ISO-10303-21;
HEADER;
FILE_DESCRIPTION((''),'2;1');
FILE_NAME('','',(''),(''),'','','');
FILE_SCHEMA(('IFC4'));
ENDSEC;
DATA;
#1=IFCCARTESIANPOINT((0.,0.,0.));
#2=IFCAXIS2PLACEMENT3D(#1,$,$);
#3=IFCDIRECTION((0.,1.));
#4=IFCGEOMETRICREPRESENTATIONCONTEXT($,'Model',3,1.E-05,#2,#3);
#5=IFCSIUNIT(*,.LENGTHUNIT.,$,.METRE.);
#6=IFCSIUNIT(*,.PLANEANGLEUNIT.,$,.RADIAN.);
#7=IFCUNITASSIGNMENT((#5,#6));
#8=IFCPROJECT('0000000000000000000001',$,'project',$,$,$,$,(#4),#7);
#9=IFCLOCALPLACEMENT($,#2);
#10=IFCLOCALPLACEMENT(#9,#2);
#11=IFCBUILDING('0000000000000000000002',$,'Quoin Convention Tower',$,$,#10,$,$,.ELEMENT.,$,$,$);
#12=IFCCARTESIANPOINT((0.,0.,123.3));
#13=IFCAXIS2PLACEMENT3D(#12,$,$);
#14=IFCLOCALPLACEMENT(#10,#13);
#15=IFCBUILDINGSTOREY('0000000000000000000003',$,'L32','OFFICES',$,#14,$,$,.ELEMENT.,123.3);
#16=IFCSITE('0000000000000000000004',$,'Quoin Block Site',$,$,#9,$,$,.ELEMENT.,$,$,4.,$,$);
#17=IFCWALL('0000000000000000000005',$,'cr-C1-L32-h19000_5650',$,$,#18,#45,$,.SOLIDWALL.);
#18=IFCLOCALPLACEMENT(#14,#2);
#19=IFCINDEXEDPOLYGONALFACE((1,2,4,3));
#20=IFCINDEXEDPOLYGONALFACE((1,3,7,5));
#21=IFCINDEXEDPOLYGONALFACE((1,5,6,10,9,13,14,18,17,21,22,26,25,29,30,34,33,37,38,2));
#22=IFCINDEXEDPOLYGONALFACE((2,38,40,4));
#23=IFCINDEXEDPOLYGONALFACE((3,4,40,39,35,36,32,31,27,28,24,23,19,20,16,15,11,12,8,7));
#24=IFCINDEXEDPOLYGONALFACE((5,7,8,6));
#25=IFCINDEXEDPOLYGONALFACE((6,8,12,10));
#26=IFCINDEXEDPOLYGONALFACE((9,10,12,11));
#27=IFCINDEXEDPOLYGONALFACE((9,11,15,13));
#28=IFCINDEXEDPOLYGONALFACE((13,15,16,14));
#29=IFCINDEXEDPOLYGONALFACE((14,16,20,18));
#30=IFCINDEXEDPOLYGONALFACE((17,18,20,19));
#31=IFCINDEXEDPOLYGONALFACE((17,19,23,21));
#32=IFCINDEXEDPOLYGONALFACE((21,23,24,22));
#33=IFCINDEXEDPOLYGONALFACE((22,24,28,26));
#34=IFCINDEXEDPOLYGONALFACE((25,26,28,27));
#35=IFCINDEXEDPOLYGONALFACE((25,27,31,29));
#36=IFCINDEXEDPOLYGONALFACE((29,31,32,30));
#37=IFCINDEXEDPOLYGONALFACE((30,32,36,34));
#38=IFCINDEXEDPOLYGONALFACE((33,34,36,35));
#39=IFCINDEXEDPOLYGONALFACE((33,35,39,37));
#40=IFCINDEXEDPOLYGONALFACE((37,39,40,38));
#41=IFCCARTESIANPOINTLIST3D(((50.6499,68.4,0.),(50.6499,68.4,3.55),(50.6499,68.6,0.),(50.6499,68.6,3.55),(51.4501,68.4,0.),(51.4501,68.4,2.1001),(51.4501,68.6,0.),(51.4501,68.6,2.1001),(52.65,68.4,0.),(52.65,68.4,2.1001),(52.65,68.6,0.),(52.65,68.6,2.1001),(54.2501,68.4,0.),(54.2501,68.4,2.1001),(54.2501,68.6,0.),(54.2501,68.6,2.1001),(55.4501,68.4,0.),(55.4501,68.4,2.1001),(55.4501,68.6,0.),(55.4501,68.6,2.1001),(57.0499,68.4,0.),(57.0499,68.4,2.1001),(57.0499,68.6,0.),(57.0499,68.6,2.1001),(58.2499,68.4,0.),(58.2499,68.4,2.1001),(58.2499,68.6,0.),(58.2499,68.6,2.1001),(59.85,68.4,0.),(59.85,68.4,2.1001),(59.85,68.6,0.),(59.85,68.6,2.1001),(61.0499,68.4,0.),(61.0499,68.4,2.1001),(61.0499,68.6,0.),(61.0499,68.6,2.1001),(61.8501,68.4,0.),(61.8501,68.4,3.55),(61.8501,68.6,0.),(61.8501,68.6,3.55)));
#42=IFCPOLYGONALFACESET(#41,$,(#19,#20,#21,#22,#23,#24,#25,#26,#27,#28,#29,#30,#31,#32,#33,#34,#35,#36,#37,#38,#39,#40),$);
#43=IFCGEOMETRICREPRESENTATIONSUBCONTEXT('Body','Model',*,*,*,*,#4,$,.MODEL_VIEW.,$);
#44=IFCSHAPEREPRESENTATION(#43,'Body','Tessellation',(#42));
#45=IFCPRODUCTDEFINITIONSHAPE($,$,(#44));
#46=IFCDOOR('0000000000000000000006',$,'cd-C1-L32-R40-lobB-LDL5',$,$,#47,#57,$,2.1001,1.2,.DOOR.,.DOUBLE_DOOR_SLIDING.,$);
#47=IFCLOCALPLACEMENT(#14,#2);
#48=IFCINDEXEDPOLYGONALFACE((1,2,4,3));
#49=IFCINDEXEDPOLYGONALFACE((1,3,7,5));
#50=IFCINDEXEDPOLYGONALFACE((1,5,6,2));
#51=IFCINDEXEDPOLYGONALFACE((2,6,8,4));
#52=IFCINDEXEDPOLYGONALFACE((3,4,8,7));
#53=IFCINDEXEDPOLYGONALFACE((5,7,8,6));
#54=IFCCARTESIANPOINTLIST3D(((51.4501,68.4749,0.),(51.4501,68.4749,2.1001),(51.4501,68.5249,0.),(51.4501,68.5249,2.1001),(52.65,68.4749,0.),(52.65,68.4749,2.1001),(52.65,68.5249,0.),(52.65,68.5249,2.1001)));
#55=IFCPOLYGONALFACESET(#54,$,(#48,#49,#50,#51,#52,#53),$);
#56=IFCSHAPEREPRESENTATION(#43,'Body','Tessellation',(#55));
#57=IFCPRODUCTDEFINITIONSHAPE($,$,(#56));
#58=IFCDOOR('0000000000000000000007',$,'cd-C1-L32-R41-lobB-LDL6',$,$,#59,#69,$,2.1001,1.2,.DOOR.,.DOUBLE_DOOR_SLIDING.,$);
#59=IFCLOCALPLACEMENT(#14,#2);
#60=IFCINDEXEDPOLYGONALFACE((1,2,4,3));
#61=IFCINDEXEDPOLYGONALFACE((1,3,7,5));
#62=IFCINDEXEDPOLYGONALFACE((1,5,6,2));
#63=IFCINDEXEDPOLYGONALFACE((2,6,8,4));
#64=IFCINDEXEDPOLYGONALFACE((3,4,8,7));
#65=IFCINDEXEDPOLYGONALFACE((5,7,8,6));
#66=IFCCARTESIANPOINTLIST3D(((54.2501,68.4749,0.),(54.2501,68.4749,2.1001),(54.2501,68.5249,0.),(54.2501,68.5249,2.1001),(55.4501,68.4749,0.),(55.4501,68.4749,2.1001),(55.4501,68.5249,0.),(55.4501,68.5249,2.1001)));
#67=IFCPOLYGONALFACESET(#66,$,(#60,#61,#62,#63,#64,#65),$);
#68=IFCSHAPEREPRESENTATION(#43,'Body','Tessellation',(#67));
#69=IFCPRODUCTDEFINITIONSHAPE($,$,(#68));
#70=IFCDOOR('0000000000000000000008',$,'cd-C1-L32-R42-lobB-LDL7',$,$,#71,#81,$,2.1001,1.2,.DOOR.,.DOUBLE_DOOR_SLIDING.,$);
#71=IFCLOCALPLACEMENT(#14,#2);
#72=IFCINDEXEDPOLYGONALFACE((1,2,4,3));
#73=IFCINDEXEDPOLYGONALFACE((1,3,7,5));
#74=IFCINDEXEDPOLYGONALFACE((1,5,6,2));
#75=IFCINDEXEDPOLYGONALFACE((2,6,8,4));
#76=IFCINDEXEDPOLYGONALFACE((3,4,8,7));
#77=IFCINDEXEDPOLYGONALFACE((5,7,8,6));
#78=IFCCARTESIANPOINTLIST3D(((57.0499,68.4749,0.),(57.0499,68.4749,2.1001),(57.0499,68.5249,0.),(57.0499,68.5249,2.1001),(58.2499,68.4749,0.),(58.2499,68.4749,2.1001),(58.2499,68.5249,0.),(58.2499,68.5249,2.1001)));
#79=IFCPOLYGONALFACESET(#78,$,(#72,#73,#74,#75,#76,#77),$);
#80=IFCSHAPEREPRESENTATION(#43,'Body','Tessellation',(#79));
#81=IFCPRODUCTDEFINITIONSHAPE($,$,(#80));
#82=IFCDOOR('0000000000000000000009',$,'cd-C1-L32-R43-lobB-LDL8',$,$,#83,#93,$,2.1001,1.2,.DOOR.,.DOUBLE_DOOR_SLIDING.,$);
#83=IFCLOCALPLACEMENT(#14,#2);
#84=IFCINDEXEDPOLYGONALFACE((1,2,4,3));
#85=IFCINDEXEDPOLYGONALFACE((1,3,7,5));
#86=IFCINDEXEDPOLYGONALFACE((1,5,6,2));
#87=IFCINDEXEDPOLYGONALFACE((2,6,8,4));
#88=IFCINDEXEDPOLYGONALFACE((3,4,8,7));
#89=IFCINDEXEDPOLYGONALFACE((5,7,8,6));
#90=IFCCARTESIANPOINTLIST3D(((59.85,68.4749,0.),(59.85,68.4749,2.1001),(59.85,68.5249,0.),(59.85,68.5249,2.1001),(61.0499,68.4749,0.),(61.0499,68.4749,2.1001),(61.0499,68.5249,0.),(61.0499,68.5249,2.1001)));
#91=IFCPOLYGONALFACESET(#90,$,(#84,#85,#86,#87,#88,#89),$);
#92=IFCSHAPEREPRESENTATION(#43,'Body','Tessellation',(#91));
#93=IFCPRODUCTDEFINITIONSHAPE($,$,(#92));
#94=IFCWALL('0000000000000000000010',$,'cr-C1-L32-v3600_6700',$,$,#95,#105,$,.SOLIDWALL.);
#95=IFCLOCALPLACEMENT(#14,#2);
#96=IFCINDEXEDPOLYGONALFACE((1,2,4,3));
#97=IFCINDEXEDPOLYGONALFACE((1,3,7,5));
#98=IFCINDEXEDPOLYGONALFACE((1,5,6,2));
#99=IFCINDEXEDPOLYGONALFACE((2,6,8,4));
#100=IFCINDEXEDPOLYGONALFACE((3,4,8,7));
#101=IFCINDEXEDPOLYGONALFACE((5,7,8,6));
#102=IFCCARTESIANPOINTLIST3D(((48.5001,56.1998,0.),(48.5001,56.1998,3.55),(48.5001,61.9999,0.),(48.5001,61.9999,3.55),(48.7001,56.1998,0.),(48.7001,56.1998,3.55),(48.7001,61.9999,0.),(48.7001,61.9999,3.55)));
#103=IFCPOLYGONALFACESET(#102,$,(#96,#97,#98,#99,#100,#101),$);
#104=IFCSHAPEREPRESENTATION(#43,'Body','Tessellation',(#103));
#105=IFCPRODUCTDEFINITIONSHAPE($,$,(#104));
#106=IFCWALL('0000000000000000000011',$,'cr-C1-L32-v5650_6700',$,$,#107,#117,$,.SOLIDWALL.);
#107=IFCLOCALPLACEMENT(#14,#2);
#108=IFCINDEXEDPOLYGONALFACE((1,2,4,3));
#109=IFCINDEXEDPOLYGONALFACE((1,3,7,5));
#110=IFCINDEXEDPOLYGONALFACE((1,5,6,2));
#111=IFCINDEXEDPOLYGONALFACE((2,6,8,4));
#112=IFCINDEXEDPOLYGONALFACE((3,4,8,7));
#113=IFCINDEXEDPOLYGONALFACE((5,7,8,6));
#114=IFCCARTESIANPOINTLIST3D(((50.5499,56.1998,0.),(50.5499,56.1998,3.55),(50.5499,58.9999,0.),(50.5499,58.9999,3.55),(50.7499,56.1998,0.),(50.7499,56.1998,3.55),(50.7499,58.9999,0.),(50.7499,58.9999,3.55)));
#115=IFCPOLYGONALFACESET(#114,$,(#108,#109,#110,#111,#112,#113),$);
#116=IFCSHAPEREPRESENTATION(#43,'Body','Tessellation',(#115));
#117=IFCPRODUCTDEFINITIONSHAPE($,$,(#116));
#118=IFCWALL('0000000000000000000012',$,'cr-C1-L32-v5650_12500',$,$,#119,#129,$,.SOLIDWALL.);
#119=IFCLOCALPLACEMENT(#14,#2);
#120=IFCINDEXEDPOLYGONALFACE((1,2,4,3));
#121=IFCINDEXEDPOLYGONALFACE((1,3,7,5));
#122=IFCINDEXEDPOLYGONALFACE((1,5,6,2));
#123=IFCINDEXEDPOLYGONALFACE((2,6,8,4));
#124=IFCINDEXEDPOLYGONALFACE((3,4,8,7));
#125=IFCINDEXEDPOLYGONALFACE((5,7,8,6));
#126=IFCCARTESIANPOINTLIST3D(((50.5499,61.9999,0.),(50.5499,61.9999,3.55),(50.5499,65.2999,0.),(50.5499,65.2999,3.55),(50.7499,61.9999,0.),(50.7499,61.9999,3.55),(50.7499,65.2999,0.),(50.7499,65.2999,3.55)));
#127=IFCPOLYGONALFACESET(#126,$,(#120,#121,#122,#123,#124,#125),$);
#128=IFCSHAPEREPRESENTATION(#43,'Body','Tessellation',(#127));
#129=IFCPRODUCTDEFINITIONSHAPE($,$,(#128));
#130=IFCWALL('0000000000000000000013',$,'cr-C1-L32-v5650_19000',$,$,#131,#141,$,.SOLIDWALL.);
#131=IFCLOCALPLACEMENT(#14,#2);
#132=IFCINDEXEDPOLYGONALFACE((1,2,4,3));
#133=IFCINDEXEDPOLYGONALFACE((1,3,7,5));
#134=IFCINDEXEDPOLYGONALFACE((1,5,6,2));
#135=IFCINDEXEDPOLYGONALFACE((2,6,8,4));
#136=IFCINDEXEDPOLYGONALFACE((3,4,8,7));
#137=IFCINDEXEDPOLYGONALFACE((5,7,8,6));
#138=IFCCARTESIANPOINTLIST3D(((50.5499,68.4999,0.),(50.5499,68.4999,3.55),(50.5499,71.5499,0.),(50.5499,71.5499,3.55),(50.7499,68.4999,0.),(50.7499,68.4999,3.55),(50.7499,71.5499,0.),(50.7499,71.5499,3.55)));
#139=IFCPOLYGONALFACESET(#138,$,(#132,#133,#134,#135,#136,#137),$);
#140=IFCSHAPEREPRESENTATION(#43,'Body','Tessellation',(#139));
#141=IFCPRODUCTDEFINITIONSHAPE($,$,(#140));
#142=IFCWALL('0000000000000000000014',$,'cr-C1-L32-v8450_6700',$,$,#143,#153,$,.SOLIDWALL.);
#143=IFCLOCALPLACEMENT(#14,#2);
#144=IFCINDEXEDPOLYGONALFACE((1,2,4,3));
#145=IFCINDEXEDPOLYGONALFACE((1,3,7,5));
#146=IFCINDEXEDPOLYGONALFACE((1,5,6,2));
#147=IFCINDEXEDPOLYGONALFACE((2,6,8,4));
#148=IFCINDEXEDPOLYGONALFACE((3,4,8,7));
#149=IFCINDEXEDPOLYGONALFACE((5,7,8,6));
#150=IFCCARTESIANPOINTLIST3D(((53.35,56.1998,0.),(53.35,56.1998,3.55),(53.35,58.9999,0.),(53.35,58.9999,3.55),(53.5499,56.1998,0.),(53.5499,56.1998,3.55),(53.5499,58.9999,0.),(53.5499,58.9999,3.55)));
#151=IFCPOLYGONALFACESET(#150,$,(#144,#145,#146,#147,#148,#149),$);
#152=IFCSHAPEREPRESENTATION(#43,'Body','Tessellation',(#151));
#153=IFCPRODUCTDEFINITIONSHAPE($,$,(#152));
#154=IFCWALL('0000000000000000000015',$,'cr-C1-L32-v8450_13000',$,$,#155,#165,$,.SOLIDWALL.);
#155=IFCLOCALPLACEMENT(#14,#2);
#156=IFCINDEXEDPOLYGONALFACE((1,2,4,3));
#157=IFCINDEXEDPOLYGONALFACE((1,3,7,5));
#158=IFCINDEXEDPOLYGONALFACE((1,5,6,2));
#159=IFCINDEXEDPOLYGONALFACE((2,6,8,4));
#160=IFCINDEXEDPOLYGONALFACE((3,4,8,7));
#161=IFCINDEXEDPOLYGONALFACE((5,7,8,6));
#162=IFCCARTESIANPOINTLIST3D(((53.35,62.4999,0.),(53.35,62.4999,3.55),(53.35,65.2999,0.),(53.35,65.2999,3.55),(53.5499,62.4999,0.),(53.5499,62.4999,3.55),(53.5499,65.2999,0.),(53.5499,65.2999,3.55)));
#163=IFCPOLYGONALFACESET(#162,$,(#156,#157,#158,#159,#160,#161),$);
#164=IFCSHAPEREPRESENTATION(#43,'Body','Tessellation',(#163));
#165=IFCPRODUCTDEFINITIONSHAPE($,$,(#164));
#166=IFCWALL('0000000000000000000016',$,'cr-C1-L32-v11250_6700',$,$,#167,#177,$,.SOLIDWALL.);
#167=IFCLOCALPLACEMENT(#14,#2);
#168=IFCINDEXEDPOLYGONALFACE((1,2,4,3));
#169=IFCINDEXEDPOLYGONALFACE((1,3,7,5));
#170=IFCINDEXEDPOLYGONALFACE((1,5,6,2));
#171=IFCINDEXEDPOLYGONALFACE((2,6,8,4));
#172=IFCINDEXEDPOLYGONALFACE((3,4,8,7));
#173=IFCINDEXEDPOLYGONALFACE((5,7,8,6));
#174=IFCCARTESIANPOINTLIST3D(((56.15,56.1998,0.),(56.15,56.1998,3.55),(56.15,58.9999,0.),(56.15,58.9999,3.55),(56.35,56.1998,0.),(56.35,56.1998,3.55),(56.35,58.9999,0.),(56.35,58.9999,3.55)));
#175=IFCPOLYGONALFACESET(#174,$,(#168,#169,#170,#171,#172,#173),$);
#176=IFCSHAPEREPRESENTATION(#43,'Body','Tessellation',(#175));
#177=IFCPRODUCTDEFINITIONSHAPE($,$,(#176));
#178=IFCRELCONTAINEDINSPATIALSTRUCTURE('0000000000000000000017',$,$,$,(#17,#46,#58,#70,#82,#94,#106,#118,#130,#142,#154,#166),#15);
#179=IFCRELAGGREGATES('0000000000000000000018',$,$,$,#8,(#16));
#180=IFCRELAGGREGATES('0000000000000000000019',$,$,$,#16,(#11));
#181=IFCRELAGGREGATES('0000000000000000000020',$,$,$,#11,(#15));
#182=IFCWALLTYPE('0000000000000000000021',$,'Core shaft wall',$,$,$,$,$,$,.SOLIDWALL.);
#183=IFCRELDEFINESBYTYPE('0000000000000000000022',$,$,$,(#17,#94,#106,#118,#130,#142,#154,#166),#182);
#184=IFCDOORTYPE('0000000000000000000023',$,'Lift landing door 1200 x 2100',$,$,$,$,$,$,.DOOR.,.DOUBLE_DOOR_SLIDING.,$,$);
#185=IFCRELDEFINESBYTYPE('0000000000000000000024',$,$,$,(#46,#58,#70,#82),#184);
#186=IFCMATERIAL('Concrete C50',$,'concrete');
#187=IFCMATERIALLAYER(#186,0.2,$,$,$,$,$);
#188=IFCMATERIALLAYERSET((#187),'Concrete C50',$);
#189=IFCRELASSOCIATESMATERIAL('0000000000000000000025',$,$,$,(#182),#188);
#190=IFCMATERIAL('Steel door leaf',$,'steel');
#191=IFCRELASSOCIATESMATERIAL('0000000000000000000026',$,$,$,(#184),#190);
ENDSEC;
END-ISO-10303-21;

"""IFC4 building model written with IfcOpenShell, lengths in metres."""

from ifc_helpers import new_model, si_unit, direction, frame, frame_2d, origin, place, context, subcontext, project, spatial, rectangle, extrude, material, layer, layer_set, type_object, element, fill, save


model = new_model("IFC4")

# Units and contexts
model_context = context("Model", 3, precision=1e-05, world=origin(), true_north=direction((0.0, 1.0)))
body_context = subcontext(model_context, "Body", "Model", "MODEL_VIEW")
ifc_project = project(units=[si_unit("LENGTHUNIT", "METRE"), si_unit("PLANEANGLEUNIT", "RADIAN")], contexts=[model_context])

# Site, building, storey
site_placement = place(None, origin())
site = spatial("IfcSite", under=ifc_project, at=site_placement, Name="Quoin Block Site", CompositionType="ELEMENT", RefElevation=4.0)
building_placement = place(site_placement, origin())
building = spatial("IfcBuilding", under=site, at=building_placement, Name="Quoin Convention Tower", CompositionType="ELEMENT")
storey_placement = place(building_placement, frame((0.0, 0.0, 123.3)))
storey = spatial("IfcBuildingStorey", under=building, at=storey_placement, Name="L32", Description="OFFICES", CompositionType="ELEMENT", Elevation=123.3)

# Shared definitions
ifc_material_1 = material(Name="Concrete C50", Category="concrete")
ifc_layer_1 = layer(ifc_material_1, 0.2)
ifc_layer_set_1 = layer_set([ifc_layer_1], Name="Concrete C50")
wall_type_1 = type_object("IfcWallType", Name="Core shaft wall", PredefinedType="SOLIDWALL", material=ifc_layer_set_1)
ifc_material_2 = material(Name="Steel door leaf", Category="steel")
door_type = type_object("IfcDoorType", Name="Lift landing door 1200 x 2100", OperationType="DOUBLE_DOOR_SLIDING", PredefinedType="DOOR", material=ifc_material_2)

# Wall, openings, doors
wall_1_placement = place(storey_placement, frame((50.6499, 68.5, 0.0), z_axis=(0.0, 0.0, 1.0), x_axis=(1.0, 0.0, 0.0)))
wall_1 = element("IfcWall", 1, at=wall_1_placement, inside=storey, type_object=wall_type_1, Name="cr-C1-L32-h19000_5650", PredefinedType="SOLIDWALL", context=body_context, shape_type="SweptSolid", body=[
    extrude(rectangle(XDim=11.2002, YDim=0.2, at=frame_2d((5.6001, 0.0))), origin(), (0.0, 0.0, 1.0), 3.55),
])
opening_1_placement = place(wall_1_placement, frame((0.8, 0.0, 0.0)))
opening_1 = element("IfcOpeningElement", 2, at=opening_1_placement, cuts=wall_1, PredefinedType="OPENING", context=body_context, shape_type="SweptSolid", body=[
    extrude(rectangle(XDim=1.2, YDim=2.1001, at=frame_2d((0.6001, 1.05))), frame((0.0, 0.1099, 0.0), z_axis=(0.0, -1.0, 0.0), x_axis=(1.0, 0.0, 0.0)), (0.0, 0.0, 1.0), 0.22),
])
opening_2_placement = place(wall_1_placement, frame((3.6001, 0.0, 0.0)))
opening_2 = element("IfcOpeningElement", 3, at=opening_2_placement, cuts=wall_1, PredefinedType="OPENING", context=body_context, shape_type="SweptSolid", body=[
    extrude(rectangle(XDim=1.2, YDim=2.1001, at=frame_2d((0.6001, 1.05))), frame((0.0, 0.1099, 0.0), z_axis=(0.0, -1.0, 0.0), x_axis=(1.0, 0.0, 0.0)), (0.0, 0.0, 1.0), 0.22),
])
opening_3_placement = place(wall_1_placement, frame((6.3999, 0.0, 0.0)))
opening_3 = element("IfcOpeningElement", 4, at=opening_3_placement, cuts=wall_1, PredefinedType="OPENING", context=body_context, shape_type="SweptSolid", body=[
    extrude(rectangle(XDim=1.2, YDim=2.1001, at=frame_2d((0.6001, 1.05))), frame((0.0, 0.1099, 0.0), z_axis=(0.0, -1.0, 0.0), x_axis=(1.0, 0.0, 0.0)), (0.0, 0.0, 1.0), 0.22),
])
opening_4_placement = place(wall_1_placement, frame((9.2, 0.0, 0.0)))
opening_4 = element("IfcOpeningElement", 5, at=opening_4_placement, cuts=wall_1, PredefinedType="OPENING", context=body_context, shape_type="SweptSolid", body=[
    extrude(rectangle(XDim=1.2, YDim=2.1001, at=frame_2d((0.6001, 1.05))), frame((0.0, 0.1099, 0.0), z_axis=(0.0, -1.0, 0.0), x_axis=(1.0, 0.0, 0.0)), (0.0, 0.0, 1.0), 0.22),
])
door_1_placement = place(opening_1_placement, origin())
door_1 = element("IfcDoor", 6, at=door_1_placement, inside=storey, type_object=door_type, Name="cd-C1-L32-R40-lobB-LDL5", OperationType="DOUBLE_DOOR_SLIDING", OverallHeight=2.1001, OverallWidth=1.2, PredefinedType="DOOR", context=body_context, shape_type="SweptSolid", body=[
    extrude(rectangle(XDim=1.2, YDim=2.1001, at=frame_2d((0.6001, 1.05))), frame((0.0, 0.0249, 0.0), z_axis=(0.0, -1.0, 0.0), x_axis=(1.0, 0.0, 0.0)), (0.0, 0.0, 1.0), 0.05),
])
fill(opening_1, door_1)
door_2_placement = place(opening_2_placement, origin())
door_2 = element("IfcDoor", 7, at=door_2_placement, inside=storey, type_object=door_type, Name="cd-C1-L32-R41-lobB-LDL6", OperationType="DOUBLE_DOOR_SLIDING", OverallHeight=2.1001, OverallWidth=1.2, PredefinedType="DOOR", context=body_context, shape_type="SweptSolid", body=[
    extrude(rectangle(XDim=1.2, YDim=2.1001, at=frame_2d((0.6001, 1.05))), frame((0.0, 0.0249, 0.0), z_axis=(0.0, -1.0, 0.0), x_axis=(1.0, 0.0, 0.0)), (0.0, 0.0, 1.0), 0.05),
])
fill(opening_2, door_2)
door_3_placement = place(opening_3_placement, origin())
door_3 = element("IfcDoor", 8, at=door_3_placement, inside=storey, type_object=door_type, Name="cd-C1-L32-R42-lobB-LDL7", OperationType="DOUBLE_DOOR_SLIDING", OverallHeight=2.1001, OverallWidth=1.2, PredefinedType="DOOR", context=body_context, shape_type="SweptSolid", body=[
    extrude(rectangle(XDim=1.2, YDim=2.1001, at=frame_2d((0.6001, 1.05))), frame((0.0, 0.0249, 0.0), z_axis=(0.0, -1.0, 0.0), x_axis=(1.0, 0.0, 0.0)), (0.0, 0.0, 1.0), 0.05),
])
fill(opening_3, door_3)
door_4_placement = place(opening_4_placement, origin())
door_4 = element("IfcDoor", 9, at=door_4_placement, inside=storey, type_object=door_type, Name="cd-C1-L32-R43-lobB-LDL8", OperationType="DOUBLE_DOOR_SLIDING", OverallHeight=2.1001, OverallWidth=1.2, PredefinedType="DOOR", context=body_context, shape_type="SweptSolid", body=[
    extrude(rectangle(XDim=1.2, YDim=2.1001, at=frame_2d((0.6001, 1.05))), frame((0.0, 0.0249, 0.0), z_axis=(0.0, -1.0, 0.0), x_axis=(1.0, 0.0, 0.0)), (0.0, 0.0, 1.0), 0.05),
])
fill(opening_4, door_4)

# Walls
wall_2_placement = place(storey_placement, frame((48.6001, 56.2, 0.0), z_axis=(0.0, 0.0, 1.0), x_axis=(0.0, 1.0, 0.0)))
element("IfcWall", 10, at=wall_2_placement, inside=storey, type_object=wall_type_1, Name="cr-C1-L32-v3600_6700", PredefinedType="SOLIDWALL", context=body_context, shape_type="SweptSolid", body=[
    extrude(rectangle(XDim=5.8, YDim=0.2, at=frame_2d((2.8999, 0.0))), origin(), (0.0, 0.0, 1.0), 3.55),
])
wall_3_placement = place(storey_placement, frame((50.6499, 56.2, 0.0), z_axis=(0.0, 0.0, 1.0), x_axis=(0.0, 1.0, 0.0)))
element("IfcWall", 11, at=wall_3_placement, inside=storey, type_object=wall_type_1, Name="cr-C1-L32-v5650_6700", PredefinedType="SOLIDWALL", context=body_context, shape_type="SweptSolid", body=[
    extrude(rectangle(XDim=2.8, YDim=0.2, at=frame_2d((1.3999, 0.0))), origin(), (0.0, 0.0, 1.0), 3.55),
])
wall_4_placement = place(storey_placement, frame((50.6499, 62.0, 0.0), z_axis=(0.0, 0.0, 1.0), x_axis=(0.0, 1.0, 0.0)))
element("IfcWall", 12, at=wall_4_placement, inside=storey, type_object=wall_type_1, Name="cr-C1-L32-v5650_12500", PredefinedType="SOLIDWALL", context=body_context, shape_type="SweptSolid", body=[
    extrude(rectangle(XDim=3.3, YDim=0.2, at=frame_2d((1.6499, 0.0))), origin(), (0.0, 0.0, 1.0), 3.55),
])
wall_5_placement = place(storey_placement, frame((50.6499, 68.5, 0.0), z_axis=(0.0, 0.0, 1.0), x_axis=(0.0, 1.0, 0.0)))
element("IfcWall", 13, at=wall_5_placement, inside=storey, type_object=wall_type_1, Name="cr-C1-L32-v5650_19000", PredefinedType="SOLIDWALL", context=body_context, shape_type="SweptSolid", body=[
    extrude(rectangle(XDim=3.05, YDim=0.2, at=frame_2d((1.5249, 0.0))), origin(), (0.0, 0.0, 1.0), 3.55),
])
for number, where, z_axis, x_axis, name in (
    (14, (53.45, 56.2, 0.0), (0.0, 0.0, 1.0), (0.0, 1.0, 0.0), "cr-C1-L32-v8450_6700"),
    (15, (53.45, 62.5, 0.0), (0.0, 0.0, 1.0), (0.0, 1.0, 0.0), "cr-C1-L32-v8450_13000"),
    (16, (56.25, 56.2, 0.0), (0.0, 0.0, 1.0), (0.0, 1.0, 0.0), "cr-C1-L32-v11250_6700"),
):
    element("IfcWall", number, at=place(storey_placement, frame(where, z_axis=z_axis, x_axis=x_axis)), inside=storey, type_object=wall_type_1, Name=name, PredefinedType="SOLIDWALL", context=body_context, shape_type="SweptSolid", body=[
        extrude(rectangle(XDim=2.8, YDim=0.2, at=frame_2d((1.3999, 0.0))), origin(), (0.0, 0.0, 1.0), 3.55),
    ])

save(model, "model.ifc")
